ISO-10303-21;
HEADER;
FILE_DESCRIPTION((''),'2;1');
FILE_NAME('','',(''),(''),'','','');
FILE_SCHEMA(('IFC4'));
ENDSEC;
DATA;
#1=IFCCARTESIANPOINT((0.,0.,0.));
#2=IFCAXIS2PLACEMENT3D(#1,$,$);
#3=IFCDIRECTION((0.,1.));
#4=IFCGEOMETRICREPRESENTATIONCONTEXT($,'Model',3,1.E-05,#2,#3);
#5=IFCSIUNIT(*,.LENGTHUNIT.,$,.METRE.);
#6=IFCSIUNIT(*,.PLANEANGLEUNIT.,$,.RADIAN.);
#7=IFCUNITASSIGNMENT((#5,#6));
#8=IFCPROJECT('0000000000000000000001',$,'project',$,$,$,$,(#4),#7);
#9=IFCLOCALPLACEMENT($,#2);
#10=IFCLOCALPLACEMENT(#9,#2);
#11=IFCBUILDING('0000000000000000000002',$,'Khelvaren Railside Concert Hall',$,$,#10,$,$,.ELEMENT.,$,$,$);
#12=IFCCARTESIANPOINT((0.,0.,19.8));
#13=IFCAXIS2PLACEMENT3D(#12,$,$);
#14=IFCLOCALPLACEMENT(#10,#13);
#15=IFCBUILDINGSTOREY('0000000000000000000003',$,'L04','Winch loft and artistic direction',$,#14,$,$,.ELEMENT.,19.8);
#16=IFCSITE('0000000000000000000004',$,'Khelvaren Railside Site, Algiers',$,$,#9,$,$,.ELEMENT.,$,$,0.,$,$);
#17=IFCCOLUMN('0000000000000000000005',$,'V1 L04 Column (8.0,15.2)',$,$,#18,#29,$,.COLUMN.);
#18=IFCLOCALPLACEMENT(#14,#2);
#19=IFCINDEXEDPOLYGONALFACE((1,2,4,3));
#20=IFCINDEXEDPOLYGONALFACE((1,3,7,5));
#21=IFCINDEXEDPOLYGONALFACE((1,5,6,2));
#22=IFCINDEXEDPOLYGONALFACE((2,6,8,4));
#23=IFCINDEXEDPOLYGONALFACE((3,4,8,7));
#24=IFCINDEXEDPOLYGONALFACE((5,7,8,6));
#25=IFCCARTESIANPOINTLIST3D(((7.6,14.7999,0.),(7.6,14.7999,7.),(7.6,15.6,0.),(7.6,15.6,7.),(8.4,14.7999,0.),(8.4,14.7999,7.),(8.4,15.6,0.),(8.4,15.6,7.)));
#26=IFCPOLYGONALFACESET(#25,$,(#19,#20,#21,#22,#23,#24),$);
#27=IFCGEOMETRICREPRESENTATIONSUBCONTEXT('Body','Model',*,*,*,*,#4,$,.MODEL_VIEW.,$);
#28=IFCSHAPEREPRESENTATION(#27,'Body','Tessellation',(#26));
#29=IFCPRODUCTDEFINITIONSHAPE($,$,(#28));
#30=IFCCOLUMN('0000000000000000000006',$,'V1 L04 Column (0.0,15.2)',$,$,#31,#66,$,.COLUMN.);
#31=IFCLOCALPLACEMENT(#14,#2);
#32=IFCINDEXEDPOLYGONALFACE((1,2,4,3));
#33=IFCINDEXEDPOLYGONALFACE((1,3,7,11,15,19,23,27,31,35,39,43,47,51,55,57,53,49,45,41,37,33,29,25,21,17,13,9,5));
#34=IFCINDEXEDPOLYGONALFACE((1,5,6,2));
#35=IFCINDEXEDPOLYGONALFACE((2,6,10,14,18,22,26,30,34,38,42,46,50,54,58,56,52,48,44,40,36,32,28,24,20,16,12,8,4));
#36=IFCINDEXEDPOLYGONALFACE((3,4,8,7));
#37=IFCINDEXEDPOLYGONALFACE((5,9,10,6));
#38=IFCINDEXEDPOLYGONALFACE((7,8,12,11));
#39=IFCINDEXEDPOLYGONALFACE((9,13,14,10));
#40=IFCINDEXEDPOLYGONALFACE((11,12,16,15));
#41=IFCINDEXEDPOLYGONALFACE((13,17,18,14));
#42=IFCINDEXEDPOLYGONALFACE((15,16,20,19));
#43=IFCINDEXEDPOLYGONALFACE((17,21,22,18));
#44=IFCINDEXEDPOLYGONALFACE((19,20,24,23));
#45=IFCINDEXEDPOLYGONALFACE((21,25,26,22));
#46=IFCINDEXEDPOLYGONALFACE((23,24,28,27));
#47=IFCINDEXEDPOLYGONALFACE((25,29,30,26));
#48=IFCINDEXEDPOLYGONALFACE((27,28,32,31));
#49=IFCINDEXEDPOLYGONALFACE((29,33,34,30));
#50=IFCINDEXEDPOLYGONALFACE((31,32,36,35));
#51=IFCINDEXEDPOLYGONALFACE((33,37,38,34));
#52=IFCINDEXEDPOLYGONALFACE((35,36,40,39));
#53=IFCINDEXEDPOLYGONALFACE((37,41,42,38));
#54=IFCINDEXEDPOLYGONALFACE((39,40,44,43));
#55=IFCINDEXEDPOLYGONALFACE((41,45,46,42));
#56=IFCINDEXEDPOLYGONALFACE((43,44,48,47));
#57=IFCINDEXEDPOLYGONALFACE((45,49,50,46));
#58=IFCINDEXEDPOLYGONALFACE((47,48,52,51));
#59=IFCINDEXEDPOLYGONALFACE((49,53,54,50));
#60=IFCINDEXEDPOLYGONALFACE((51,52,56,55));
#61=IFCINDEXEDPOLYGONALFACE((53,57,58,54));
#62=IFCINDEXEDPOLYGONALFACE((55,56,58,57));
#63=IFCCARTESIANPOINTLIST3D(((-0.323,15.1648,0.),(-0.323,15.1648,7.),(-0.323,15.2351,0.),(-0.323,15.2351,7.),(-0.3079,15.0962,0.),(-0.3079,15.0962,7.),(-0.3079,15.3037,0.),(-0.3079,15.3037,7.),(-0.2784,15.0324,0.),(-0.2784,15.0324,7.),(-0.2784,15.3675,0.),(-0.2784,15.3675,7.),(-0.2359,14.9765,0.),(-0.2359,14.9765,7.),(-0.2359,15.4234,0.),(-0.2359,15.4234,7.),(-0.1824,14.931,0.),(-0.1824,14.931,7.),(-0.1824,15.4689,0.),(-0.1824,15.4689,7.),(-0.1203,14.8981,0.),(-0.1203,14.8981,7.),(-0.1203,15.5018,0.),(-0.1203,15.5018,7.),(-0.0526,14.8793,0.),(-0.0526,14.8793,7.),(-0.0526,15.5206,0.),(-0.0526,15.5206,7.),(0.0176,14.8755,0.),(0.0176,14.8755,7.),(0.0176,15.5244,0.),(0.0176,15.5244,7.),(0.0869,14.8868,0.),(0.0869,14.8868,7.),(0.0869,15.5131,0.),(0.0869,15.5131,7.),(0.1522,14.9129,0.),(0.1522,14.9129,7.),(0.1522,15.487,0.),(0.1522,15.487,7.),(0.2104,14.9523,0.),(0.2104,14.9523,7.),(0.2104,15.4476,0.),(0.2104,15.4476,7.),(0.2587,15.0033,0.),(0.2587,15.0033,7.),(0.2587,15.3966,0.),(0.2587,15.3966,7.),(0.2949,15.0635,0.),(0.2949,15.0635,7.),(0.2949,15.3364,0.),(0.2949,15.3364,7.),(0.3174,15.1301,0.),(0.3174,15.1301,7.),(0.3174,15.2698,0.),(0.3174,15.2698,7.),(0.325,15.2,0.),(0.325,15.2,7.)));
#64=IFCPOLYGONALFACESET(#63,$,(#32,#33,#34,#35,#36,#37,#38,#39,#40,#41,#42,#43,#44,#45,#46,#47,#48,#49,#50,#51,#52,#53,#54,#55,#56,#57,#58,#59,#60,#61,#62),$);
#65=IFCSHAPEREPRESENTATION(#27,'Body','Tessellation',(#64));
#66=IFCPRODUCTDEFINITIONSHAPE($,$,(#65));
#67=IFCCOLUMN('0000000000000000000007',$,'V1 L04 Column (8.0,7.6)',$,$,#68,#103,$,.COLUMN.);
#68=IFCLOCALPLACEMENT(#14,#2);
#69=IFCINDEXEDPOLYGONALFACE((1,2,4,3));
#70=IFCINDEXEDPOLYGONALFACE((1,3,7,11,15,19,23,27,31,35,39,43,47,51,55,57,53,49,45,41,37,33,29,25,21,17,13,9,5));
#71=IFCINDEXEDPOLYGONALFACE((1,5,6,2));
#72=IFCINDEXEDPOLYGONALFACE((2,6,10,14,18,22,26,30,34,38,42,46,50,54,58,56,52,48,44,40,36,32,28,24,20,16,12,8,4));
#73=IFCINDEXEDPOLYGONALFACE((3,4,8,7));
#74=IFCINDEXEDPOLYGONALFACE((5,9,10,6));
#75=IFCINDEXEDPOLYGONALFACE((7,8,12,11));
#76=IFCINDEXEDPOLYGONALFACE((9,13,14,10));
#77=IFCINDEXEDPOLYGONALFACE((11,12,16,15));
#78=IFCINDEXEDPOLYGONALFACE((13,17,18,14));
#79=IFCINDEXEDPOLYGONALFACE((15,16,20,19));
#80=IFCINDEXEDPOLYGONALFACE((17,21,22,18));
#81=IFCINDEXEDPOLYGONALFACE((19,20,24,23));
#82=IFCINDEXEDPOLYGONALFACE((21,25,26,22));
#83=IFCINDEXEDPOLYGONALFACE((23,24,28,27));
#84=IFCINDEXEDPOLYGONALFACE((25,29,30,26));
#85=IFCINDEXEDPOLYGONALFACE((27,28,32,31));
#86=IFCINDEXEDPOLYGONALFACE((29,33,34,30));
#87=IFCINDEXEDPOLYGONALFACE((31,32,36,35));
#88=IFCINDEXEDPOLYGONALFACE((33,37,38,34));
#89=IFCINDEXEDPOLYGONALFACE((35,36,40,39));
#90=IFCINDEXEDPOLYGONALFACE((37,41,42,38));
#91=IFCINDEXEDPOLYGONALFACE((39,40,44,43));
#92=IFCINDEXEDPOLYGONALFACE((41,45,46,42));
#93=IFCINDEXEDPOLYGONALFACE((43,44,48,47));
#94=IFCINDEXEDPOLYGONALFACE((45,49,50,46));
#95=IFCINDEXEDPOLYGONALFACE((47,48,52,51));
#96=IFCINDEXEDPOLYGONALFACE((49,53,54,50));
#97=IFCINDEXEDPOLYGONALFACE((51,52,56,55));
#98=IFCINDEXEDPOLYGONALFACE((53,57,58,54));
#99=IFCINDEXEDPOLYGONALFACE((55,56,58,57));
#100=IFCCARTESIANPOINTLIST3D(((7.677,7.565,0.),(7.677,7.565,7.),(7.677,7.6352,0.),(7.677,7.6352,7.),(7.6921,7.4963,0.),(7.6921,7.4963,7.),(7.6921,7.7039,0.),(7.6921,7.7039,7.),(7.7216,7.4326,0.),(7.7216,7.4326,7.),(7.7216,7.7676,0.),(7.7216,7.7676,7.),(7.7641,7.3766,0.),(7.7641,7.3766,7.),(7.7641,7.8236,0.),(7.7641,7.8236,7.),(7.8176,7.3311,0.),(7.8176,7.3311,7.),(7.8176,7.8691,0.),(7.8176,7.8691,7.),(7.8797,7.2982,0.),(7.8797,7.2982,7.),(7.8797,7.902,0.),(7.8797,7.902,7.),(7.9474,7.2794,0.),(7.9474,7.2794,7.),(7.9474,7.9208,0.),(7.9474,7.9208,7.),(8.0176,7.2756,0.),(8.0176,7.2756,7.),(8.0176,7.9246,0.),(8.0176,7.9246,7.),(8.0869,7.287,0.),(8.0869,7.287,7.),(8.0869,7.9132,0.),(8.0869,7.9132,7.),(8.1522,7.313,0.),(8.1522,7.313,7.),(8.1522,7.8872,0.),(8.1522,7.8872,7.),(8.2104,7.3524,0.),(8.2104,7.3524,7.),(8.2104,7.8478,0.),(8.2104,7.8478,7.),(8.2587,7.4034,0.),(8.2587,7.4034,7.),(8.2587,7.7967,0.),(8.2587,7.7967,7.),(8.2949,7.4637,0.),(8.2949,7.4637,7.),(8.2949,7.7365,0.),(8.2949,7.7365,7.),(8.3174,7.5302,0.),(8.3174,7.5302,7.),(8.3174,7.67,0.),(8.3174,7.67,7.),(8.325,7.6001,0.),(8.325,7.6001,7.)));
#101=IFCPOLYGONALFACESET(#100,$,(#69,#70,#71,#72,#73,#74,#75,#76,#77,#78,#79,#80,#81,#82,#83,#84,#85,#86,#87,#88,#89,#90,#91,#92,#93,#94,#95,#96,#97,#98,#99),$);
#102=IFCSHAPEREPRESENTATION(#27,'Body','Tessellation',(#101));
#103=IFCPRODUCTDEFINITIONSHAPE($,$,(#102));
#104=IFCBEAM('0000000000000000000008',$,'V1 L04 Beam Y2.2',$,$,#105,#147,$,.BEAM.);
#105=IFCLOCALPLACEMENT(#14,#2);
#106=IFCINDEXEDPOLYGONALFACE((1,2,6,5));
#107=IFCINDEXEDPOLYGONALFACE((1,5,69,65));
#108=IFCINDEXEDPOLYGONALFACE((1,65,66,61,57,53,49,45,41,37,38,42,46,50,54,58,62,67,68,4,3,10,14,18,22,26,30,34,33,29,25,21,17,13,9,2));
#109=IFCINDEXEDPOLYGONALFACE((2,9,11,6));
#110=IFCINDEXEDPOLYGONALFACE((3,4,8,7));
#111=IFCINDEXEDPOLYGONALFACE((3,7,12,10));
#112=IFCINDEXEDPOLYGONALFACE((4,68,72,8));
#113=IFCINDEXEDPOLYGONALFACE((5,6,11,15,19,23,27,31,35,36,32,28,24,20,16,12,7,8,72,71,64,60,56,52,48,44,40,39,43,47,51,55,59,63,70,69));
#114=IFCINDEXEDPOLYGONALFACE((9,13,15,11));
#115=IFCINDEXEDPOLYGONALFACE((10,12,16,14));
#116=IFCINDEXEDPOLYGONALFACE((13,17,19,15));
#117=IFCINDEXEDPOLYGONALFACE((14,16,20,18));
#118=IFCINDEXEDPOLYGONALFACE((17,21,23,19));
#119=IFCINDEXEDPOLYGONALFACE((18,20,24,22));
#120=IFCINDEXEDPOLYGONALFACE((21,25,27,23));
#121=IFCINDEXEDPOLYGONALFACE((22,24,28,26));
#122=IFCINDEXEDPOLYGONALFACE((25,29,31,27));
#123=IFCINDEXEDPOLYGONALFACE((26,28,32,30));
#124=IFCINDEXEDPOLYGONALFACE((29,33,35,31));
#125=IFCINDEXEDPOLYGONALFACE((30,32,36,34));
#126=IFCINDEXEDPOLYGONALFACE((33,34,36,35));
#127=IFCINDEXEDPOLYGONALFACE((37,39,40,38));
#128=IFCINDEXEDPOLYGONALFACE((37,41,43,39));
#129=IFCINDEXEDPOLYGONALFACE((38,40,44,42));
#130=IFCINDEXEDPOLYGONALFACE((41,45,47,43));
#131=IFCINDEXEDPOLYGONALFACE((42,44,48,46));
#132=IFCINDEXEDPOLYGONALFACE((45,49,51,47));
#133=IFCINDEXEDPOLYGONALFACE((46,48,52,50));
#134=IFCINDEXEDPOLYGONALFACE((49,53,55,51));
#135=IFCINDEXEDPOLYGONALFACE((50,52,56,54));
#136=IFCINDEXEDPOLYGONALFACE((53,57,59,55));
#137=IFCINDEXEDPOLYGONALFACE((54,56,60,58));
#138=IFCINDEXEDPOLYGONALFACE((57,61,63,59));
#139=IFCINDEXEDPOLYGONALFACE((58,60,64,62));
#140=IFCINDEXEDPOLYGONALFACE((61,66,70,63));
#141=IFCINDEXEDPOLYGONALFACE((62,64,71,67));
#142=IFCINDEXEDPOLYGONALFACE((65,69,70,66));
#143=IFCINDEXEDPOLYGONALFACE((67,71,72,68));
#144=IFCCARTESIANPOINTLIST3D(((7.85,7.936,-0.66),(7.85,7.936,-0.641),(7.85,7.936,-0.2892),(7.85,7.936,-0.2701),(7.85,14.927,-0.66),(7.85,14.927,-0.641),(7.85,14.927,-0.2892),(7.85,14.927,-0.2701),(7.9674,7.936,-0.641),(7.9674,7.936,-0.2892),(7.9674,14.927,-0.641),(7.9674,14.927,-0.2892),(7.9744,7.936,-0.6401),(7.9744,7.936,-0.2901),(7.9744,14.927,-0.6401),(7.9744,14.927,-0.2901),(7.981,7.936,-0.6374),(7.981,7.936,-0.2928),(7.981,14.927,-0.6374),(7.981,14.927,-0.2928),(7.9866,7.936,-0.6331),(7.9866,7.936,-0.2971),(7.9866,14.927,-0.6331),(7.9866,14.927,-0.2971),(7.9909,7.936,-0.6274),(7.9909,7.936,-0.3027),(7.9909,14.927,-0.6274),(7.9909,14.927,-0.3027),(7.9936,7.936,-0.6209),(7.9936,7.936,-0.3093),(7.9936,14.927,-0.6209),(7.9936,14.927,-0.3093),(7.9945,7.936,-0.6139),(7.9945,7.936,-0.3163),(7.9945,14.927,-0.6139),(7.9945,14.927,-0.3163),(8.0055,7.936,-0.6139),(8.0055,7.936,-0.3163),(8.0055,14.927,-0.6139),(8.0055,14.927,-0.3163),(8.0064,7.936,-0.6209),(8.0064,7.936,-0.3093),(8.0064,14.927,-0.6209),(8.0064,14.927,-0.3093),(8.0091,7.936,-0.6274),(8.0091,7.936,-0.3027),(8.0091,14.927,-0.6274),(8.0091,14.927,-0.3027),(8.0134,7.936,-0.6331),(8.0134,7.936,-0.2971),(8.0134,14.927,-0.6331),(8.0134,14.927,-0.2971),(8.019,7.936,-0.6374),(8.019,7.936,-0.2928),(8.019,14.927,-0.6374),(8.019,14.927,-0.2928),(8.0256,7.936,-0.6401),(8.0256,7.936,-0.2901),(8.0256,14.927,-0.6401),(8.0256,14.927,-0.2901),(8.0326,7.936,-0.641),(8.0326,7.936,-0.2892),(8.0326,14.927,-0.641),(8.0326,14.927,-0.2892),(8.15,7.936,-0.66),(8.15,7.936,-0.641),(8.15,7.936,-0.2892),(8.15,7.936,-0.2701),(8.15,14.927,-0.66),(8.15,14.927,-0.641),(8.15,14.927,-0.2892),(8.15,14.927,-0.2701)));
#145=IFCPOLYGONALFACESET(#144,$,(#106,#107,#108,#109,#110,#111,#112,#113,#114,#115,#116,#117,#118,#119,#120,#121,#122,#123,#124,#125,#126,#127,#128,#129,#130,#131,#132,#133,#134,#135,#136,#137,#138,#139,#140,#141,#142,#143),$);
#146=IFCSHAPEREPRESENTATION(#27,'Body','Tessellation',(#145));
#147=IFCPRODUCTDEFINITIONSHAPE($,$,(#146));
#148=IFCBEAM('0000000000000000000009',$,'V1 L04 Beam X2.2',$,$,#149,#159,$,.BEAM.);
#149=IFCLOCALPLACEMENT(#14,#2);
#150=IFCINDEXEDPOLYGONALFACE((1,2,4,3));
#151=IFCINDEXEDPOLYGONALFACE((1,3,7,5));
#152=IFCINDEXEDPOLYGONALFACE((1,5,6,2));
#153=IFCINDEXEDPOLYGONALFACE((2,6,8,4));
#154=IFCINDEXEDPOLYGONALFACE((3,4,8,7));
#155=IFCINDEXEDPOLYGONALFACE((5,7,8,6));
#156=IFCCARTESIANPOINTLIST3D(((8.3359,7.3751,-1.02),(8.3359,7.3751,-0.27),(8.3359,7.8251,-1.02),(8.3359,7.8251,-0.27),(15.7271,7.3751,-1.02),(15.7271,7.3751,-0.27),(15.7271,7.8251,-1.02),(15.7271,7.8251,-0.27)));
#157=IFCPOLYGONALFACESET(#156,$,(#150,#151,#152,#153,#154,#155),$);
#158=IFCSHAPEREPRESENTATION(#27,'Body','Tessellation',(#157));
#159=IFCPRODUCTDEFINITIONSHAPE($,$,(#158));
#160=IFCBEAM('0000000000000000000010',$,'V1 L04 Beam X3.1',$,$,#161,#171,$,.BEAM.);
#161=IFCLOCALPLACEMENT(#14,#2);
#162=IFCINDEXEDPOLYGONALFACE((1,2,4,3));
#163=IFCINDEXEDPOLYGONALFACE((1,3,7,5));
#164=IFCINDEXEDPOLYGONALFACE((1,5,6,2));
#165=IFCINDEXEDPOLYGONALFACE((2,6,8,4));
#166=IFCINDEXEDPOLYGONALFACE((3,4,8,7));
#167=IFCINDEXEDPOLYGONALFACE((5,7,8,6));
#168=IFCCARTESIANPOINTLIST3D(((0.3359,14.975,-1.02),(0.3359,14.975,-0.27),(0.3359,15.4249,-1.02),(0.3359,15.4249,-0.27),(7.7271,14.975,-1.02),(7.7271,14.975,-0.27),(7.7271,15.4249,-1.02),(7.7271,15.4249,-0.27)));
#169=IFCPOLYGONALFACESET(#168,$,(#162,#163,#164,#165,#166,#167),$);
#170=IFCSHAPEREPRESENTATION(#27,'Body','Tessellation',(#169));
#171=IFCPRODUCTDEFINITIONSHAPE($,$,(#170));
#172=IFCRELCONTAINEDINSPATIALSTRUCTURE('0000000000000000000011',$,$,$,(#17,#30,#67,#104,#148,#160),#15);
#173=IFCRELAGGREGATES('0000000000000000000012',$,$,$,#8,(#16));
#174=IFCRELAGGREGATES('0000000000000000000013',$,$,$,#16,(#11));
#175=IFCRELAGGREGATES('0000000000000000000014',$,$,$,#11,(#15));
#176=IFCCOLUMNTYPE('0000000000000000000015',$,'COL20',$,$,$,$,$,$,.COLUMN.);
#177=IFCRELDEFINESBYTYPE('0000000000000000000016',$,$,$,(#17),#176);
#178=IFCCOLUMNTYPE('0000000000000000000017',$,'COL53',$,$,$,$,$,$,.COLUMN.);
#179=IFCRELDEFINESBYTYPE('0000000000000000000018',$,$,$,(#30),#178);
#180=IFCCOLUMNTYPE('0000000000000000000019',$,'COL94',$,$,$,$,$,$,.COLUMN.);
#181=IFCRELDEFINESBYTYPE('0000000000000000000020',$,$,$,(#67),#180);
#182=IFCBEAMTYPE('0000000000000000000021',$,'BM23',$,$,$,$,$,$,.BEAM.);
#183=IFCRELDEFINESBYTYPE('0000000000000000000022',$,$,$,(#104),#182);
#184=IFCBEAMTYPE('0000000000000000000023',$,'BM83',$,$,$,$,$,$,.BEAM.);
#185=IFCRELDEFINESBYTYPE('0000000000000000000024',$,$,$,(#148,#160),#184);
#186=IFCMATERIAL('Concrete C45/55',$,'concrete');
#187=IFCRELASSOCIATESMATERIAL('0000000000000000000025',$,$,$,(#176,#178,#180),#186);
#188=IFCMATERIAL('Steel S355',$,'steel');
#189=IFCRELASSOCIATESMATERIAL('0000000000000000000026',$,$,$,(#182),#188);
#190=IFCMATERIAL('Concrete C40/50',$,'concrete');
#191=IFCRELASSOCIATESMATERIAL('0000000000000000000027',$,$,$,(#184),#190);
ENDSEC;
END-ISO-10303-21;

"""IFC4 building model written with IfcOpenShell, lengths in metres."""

from ifc_helpers import new_model, si_unit, direction, frame, origin, origin_2d, place, context, subcontext, project, spatial, rectangle, circle, i_section, extrude, material, material_profile, profile_set, type_object, element, save


model = new_model("IFC4")

# Units and contexts
model_context = context("Model", 3, precision=1e-05, world=origin(), true_north=direction((0.0, 1.0)))
body_context = subcontext(model_context, "Body", "Model", "MODEL_VIEW")
ifc_project = project(units=[si_unit("LENGTHUNIT", "METRE"), si_unit("PLANEANGLEUNIT", "RADIAN")], contexts=[model_context])

# Site, building, storey
site_placement = place(None, origin())
site = spatial("IfcSite", under=ifc_project, at=site_placement, Name="Khelvaren Railside Site, Algiers", CompositionType="ELEMENT", RefElevation=0.0)
building_placement = place(site_placement, origin())
building = spatial("IfcBuilding", under=site, at=building_placement, Name="Khelvaren Railside Concert Hall", CompositionType="ELEMENT")
storey_placement = place(building_placement, frame((0.0, 0.0, 19.8)))
storey = spatial("IfcBuildingStorey", under=building, at=storey_placement, Name="L04", Description="Winch loft and artistic direction", CompositionType="ELEMENT", Elevation=19.8)

# Columns
ifc_material_1 = material(Name="Concrete C45/55", Category="concrete")
ifc_material_profile_1 = material_profile(ifc_material_1, rectangle(XDim=0.8, YDim=0.8, at=origin_2d()), Name="RC 800x800")
ifc_profile_set_1 = profile_set([ifc_material_profile_1], Name="Concrete C45/55")
column_type_1 = type_object("IfcColumnType", Name="COL20", PredefinedType="COLUMN", material=ifc_profile_set_1)
column_1_placement = place(storey_placement, frame((8.0, 15.2, 0.0), z_axis=(0.0, 0.0, 1.0), x_axis=(1.0, 0.0, 0.0)))
element("IfcColumn", 1, at=column_1_placement, inside=storey, type_object=column_type_1, Name="V1 L04 Column (8.0,15.2)", PredefinedType="COLUMN", context=body_context, shape_type="SweptSolid", body=[
    extrude(rectangle(XDim=0.8, YDim=0.8, at=origin_2d()), origin(), (0.0, 0.0, 1.0), 7.0),
])
ifc_material_profile_2 = material_profile(ifc_material_1, circle(Radius=0.325, at=origin_2d()), Name="RC D650")
ifc_profile_set_2 = profile_set([ifc_material_profile_2], Name="Concrete C45/55")
column_type_2 = type_object("IfcColumnType", Name="COL53", PredefinedType="COLUMN", material=ifc_profile_set_2)
column_2_placement = place(storey_placement, frame((0.0, 15.2, 0.0), z_axis=(0.0, 0.0, 1.0), x_axis=(1.0, 0.0, 0.0)))
element("IfcColumn", 2, at=column_2_placement, inside=storey, type_object=column_type_2, Name="V1 L04 Column (0.0,15.2)", PredefinedType="COLUMN", context=body_context, shape_type="SweptSolid", body=[
    extrude(circle(Radius=0.325, at=origin_2d()), origin(), (0.0, 0.0, 1.0), 7.0),
])
ifc_material_profile_3 = material_profile(ifc_material_1, circle(Radius=0.325, at=origin_2d()), Name="RC D650")
ifc_profile_set_3 = profile_set([ifc_material_profile_3], Name="Concrete C45/55")
column_type_3 = type_object("IfcColumnType", Name="COL94", PredefinedType="COLUMN", material=ifc_profile_set_3)
column_3_placement = place(storey_placement, frame((8.0, 7.6001, 0.0), z_axis=(0.0, 0.0, 1.0), x_axis=(1.0, 0.0, 0.0)))
element("IfcColumn", 3, at=column_3_placement, inside=storey, type_object=column_type_3, Name="V1 L04 Column (8.0,7.6)", PredefinedType="COLUMN", context=body_context, shape_type="SweptSolid", body=[
    extrude(circle(Radius=0.325, at=origin_2d()), origin(), (0.0, 0.0, 1.0), 7.0),
])

# Beams
ifc_material_2 = material(Name="Steel S355", Category="steel")
ifc_material_profile_4 = material_profile(ifc_material_2, i_section(OverallWidth=0.3, OverallDepth=0.3899, WebThickness=0.011, FlangeThickness=0.019, FilletRadius=0.0271, at=origin_2d()), Name="HEA 400")
ifc_profile_set_4 = profile_set([ifc_material_profile_4], Name="Steel S355")
beam_type_1 = type_object("IfcBeamType", Name="BM23", PredefinedType="BEAM", material=ifc_profile_set_4)
beam_1_placement = place(storey_placement, frame((8.0, 7.936, -0.4651), z_axis=(0.0, 1.0, 0.0), x_axis=(-1.0, 0.0, 0.0)))
element("IfcBeam", 4, at=beam_1_placement, inside=storey, type_object=beam_type_1, Name="V1 L04 Beam Y2.2", PredefinedType="BEAM", context=body_context, shape_type="SweptSolid", body=[
    extrude(i_section(OverallWidth=0.3, OverallDepth=0.3899, WebThickness=0.011, FlangeThickness=0.019, FilletRadius=0.0271, at=origin_2d()), origin(), (0.0, 0.0, 1.0), 6.991),
])
ifc_material_3 = material(Name="Concrete C40/50", Category="concrete")
ifc_material_profile_5 = material_profile(ifc_material_3, rectangle(XDim=0.45, YDim=0.75, at=origin_2d()), Name="RCB 450x750")
ifc_profile_set_5 = profile_set([ifc_material_profile_5], Name="Concrete C40/50")
beam_type_2 = type_object("IfcBeamType", Name="BM83", PredefinedType="BEAM", material=ifc_profile_set_5)
for number, where, z_axis, x_axis, name in (
    (5, (8.3359, 7.6001, -0.645), (1.0, 0.0, 0.0), (0.0, 1.0, 0.0), "V1 L04 Beam X2.2"),
    (6, (0.3359, 15.2, -0.645), (1.0, 0.0, 0.0), (0.0, 1.0, 0.0), "V1 L04 Beam X3.1"),
):
    element("IfcBeam", number, at=place(storey_placement, frame(where, z_axis=z_axis, x_axis=x_axis)), inside=storey, type_object=beam_type_2, Name=name, PredefinedType="BEAM", context=body_context, shape_type="SweptSolid", body=[
        extrude(rectangle(XDim=0.45, YDim=0.75, at=origin_2d()), origin(), (0.0, 0.0, 1.0), 7.3911),
    ])

save(model, "model.ifc")
